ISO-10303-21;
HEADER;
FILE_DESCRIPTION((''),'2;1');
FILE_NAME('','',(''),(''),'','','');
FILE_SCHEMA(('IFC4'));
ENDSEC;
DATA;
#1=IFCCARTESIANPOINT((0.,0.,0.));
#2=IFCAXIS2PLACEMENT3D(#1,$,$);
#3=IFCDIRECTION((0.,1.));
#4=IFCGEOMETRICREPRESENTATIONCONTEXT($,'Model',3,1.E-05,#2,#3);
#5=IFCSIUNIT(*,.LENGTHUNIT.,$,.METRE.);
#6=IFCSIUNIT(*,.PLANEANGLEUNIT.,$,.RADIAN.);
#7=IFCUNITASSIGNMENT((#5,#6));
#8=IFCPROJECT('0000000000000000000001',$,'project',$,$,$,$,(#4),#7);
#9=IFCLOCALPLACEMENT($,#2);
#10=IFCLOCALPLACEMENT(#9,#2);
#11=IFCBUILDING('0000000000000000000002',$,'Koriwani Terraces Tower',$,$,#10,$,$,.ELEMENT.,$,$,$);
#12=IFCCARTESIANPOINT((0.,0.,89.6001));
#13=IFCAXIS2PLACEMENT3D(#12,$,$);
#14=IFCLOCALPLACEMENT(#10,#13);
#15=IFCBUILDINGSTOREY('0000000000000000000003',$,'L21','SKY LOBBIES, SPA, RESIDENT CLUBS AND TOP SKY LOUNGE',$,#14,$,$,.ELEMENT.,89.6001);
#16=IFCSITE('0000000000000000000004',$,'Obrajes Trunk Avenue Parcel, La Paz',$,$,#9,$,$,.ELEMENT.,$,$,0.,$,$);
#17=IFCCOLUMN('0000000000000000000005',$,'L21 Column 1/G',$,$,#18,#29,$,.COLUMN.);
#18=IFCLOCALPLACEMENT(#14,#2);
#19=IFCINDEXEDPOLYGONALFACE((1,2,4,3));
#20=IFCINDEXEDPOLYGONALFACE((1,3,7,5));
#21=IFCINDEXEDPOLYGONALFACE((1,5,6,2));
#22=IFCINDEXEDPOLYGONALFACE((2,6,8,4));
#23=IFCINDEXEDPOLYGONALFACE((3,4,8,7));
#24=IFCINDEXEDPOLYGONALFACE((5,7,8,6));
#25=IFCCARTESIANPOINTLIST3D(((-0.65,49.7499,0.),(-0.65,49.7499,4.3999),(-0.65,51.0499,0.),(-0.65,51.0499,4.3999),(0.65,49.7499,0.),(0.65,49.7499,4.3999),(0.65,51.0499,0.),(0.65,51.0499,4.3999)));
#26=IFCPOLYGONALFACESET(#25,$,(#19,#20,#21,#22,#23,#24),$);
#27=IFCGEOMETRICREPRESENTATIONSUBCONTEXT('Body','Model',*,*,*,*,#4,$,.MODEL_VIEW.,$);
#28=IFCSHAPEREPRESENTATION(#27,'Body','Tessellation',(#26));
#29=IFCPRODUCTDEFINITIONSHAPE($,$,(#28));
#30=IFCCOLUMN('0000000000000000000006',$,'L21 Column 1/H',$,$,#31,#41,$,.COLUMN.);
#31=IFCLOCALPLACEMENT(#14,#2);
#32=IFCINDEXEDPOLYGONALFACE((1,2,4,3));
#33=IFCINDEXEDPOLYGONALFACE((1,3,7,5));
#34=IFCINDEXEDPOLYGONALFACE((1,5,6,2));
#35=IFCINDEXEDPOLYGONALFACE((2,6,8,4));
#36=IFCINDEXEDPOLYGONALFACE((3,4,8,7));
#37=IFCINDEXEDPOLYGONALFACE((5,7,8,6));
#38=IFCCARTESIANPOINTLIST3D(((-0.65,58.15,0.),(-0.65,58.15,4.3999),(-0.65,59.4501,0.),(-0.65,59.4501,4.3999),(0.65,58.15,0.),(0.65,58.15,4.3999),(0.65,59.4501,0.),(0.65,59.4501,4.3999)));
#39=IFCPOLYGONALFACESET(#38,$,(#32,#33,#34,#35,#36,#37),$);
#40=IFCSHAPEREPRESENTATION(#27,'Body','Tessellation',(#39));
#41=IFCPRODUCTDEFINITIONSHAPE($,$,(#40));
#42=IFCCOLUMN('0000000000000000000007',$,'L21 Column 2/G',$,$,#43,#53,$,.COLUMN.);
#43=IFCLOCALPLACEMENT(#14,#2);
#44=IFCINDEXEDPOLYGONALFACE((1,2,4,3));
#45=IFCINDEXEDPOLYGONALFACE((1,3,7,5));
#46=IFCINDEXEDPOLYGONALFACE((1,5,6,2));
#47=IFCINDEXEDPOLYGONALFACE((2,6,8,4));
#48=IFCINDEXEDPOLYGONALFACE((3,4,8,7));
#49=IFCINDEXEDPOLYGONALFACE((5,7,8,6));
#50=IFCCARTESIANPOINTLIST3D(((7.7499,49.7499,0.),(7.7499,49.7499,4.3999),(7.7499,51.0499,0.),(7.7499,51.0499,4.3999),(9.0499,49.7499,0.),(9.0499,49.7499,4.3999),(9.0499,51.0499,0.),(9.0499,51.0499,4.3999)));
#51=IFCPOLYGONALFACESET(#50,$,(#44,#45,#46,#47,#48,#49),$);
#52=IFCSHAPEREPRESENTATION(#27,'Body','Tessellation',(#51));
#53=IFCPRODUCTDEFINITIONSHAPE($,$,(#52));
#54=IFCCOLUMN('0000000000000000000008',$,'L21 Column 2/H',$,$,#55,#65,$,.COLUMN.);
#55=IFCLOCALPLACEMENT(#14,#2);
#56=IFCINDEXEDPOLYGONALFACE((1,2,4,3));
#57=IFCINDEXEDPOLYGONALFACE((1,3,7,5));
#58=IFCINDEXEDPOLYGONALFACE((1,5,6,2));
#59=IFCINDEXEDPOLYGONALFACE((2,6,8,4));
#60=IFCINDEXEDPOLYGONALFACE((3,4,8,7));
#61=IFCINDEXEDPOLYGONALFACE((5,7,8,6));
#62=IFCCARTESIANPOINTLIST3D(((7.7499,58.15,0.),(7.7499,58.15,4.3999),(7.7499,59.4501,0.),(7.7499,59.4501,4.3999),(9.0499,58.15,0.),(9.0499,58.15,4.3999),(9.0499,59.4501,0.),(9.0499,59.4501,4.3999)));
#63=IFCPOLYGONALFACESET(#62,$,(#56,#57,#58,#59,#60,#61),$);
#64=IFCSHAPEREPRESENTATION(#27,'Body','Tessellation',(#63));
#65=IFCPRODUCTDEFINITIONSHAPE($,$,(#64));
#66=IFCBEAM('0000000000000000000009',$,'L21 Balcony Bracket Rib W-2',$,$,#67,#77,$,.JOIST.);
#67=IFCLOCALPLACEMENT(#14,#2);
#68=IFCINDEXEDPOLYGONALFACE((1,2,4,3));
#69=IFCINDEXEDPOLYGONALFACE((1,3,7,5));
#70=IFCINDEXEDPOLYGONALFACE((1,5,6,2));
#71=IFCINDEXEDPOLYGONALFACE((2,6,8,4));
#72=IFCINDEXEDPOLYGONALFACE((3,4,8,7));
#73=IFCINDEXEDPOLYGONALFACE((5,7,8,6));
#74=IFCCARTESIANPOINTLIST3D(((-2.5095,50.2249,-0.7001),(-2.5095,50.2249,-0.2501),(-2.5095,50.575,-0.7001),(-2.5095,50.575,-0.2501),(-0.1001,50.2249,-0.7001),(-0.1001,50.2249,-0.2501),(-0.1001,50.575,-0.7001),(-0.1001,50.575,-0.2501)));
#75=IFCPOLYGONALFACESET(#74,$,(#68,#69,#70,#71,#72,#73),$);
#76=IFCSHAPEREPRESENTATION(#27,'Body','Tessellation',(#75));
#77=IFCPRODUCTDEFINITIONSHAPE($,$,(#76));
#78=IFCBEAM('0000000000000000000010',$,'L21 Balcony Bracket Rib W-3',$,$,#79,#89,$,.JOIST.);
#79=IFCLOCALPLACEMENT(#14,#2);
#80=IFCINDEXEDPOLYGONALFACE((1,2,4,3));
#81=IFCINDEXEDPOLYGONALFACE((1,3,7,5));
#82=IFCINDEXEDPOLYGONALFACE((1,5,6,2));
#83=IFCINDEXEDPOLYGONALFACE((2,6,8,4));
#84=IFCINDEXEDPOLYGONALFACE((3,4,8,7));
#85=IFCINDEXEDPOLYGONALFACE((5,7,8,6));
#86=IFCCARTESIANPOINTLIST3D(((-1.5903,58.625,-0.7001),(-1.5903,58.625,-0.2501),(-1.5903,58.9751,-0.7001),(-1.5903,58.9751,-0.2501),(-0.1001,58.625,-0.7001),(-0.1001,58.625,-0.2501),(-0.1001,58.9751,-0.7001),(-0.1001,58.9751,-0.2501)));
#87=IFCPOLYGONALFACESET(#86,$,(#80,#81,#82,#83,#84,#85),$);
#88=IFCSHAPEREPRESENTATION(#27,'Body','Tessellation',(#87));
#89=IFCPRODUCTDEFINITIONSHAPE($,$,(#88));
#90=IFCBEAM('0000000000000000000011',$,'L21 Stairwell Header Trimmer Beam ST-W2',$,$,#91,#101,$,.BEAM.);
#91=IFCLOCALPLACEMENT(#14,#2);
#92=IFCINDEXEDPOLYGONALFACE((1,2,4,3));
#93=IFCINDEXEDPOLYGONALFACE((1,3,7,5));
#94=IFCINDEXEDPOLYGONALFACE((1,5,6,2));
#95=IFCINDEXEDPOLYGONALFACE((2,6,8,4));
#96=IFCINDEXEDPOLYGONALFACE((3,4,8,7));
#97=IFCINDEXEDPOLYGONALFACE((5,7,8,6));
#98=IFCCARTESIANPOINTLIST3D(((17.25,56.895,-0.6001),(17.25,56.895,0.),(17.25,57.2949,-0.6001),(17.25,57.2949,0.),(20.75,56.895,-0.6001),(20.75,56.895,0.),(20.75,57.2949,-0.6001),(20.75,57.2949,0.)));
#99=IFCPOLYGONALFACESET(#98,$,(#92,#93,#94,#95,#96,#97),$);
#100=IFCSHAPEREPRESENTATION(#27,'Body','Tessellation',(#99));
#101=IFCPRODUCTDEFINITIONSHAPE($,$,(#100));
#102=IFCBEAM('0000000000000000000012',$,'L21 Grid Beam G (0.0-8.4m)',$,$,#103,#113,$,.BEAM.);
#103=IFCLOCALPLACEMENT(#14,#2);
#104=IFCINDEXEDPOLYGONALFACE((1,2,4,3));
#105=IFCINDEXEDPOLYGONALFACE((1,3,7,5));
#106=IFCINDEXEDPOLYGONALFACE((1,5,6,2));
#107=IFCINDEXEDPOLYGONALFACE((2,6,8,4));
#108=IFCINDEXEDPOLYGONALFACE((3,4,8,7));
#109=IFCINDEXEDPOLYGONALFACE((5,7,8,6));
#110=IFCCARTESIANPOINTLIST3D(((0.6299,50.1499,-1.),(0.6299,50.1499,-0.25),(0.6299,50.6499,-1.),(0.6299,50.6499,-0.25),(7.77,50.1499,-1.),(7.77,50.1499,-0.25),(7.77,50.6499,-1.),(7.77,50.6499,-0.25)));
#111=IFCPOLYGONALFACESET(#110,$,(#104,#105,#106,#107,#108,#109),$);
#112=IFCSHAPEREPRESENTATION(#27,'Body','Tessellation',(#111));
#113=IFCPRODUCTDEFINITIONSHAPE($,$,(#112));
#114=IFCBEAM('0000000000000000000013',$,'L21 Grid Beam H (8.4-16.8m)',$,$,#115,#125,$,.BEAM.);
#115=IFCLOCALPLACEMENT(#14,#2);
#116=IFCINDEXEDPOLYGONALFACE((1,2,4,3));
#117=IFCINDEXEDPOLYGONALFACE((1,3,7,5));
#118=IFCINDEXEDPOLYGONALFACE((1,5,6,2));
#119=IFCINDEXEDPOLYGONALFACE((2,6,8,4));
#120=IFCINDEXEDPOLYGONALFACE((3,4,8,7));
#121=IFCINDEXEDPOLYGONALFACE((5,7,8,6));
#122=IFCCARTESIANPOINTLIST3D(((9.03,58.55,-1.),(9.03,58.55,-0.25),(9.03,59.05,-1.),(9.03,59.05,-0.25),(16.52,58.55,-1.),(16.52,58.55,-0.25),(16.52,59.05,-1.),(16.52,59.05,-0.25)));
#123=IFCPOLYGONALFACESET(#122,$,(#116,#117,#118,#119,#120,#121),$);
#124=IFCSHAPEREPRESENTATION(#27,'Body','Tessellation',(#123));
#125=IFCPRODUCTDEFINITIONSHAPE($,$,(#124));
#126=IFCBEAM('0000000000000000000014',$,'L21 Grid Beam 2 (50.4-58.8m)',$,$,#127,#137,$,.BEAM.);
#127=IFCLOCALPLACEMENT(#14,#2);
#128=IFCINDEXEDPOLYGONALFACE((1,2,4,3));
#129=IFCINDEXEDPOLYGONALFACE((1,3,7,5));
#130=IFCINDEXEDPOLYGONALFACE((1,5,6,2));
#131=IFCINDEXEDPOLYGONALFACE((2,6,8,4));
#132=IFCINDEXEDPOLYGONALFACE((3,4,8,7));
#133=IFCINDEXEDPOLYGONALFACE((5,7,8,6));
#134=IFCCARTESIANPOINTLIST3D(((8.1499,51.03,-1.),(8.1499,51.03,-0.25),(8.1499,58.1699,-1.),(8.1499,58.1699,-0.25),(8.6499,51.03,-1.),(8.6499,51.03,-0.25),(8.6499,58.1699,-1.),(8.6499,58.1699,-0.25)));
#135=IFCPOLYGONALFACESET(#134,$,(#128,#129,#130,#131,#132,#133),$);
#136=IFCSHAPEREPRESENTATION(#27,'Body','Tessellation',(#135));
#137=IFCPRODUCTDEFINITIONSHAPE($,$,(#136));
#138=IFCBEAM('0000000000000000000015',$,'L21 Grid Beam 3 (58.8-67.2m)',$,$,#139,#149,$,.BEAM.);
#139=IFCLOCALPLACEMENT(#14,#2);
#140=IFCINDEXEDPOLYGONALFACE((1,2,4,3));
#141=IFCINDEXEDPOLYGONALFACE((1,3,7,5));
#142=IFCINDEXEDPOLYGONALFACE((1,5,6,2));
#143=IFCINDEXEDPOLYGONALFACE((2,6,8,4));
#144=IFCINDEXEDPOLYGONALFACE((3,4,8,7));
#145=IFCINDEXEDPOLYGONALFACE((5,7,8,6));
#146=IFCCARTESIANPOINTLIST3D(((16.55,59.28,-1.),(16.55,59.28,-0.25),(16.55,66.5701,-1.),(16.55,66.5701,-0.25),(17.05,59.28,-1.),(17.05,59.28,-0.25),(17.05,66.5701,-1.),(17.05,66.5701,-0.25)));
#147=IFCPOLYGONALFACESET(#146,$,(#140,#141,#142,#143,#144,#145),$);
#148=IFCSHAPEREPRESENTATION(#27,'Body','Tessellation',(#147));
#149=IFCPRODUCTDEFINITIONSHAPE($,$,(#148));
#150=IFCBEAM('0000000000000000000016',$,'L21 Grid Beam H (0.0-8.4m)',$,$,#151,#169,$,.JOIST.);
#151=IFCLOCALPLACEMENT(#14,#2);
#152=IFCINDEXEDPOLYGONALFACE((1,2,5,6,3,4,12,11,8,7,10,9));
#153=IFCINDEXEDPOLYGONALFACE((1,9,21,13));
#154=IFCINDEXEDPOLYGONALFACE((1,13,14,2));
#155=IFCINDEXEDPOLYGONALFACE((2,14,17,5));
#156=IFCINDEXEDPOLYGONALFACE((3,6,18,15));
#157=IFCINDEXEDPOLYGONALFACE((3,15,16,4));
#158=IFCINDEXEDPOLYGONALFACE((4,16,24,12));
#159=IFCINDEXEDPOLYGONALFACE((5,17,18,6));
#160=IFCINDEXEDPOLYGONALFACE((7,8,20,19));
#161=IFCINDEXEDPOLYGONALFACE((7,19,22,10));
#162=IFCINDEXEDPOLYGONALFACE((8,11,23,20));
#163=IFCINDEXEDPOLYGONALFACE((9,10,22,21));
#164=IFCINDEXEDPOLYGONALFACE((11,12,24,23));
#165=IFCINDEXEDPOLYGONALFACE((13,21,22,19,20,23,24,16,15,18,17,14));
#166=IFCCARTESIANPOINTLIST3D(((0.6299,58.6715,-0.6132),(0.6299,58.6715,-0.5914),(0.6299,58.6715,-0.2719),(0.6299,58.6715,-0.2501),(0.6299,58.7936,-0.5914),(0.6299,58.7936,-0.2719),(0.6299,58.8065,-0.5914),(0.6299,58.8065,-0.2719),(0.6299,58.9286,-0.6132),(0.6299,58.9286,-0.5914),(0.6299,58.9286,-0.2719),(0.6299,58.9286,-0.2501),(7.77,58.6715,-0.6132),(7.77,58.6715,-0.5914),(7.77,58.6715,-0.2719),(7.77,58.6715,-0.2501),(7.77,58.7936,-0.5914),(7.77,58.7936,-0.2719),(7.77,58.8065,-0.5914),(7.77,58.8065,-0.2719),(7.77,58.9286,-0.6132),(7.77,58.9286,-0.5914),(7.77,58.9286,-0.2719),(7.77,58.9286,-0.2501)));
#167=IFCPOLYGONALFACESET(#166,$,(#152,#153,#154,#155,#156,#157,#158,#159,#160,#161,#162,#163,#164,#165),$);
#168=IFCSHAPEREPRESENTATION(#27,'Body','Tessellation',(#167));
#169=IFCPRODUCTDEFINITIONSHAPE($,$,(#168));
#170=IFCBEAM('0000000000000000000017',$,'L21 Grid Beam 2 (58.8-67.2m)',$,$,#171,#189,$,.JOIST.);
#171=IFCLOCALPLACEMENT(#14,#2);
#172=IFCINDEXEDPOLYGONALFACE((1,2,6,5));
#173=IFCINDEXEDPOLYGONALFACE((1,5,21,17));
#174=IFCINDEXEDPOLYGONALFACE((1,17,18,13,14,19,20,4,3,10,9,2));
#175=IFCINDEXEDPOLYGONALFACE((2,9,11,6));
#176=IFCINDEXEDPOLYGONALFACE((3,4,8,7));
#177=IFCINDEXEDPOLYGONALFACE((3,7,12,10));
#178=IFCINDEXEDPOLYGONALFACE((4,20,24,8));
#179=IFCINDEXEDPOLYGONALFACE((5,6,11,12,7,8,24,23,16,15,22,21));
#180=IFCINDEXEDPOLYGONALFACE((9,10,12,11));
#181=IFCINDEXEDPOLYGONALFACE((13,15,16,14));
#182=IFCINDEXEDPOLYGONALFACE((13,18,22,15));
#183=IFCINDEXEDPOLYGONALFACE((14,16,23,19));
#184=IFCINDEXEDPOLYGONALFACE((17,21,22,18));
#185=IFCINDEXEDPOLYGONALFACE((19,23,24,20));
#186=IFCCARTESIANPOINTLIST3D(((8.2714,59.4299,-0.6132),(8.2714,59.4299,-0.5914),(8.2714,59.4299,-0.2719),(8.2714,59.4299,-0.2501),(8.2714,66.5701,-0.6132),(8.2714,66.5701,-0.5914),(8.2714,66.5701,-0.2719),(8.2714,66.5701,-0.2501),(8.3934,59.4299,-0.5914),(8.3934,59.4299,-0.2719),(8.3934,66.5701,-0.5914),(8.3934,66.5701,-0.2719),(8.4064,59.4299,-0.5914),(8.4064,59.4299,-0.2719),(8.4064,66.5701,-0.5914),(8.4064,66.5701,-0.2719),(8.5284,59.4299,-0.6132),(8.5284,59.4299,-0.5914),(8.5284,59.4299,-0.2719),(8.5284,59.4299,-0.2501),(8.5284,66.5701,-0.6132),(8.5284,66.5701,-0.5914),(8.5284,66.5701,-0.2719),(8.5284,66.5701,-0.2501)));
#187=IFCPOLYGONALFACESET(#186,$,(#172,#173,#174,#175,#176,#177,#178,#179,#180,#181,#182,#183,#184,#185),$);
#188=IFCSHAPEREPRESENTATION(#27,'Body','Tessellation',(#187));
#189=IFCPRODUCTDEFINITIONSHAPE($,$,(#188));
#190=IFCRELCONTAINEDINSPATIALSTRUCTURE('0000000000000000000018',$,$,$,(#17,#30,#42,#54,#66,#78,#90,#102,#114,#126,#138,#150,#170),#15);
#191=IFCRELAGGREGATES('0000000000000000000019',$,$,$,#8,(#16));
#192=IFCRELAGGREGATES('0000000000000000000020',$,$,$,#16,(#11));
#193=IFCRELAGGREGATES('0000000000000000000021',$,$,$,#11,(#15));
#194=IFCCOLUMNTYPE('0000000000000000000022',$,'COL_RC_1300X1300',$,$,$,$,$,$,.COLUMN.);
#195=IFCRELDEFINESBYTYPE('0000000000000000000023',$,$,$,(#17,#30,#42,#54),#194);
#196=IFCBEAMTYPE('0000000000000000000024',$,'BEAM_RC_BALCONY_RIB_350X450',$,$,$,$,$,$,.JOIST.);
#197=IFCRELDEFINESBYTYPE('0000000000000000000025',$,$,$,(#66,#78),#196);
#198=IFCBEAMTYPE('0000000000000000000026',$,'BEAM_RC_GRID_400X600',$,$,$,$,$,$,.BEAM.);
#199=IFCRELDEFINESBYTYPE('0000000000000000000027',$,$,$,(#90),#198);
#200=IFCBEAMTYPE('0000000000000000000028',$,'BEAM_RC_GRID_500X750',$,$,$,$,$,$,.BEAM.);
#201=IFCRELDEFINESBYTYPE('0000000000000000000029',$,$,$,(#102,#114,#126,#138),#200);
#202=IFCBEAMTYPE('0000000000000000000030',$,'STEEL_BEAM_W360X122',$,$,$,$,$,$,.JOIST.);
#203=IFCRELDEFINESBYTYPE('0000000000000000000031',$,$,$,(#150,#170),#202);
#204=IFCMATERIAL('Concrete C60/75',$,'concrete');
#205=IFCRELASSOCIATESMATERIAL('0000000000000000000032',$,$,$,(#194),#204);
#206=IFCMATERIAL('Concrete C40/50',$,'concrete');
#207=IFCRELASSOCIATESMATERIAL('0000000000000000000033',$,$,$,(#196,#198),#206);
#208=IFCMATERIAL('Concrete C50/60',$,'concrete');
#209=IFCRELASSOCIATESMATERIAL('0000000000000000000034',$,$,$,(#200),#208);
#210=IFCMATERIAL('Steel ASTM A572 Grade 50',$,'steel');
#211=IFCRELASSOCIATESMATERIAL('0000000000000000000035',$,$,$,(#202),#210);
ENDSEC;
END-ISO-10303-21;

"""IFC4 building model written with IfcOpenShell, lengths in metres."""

from ifc_helpers import new_model, si_unit, direction, frame, origin, origin_2d, place, context, subcontext, project, spatial, rectangle, i_section, extrude, material, material_profile, profile_set, type_object, element, save


model = new_model("IFC4")

# Units and contexts
model_context = context("Model", 3, precision=1e-05, world=origin(), true_north=direction((0.0, 1.0)))
body_context = subcontext(model_context, "Body", "Model", "MODEL_VIEW")
ifc_project = project(units=[si_unit("LENGTHUNIT", "METRE"), si_unit("PLANEANGLEUNIT", "RADIAN")], contexts=[model_context])

# Site, building, storey
site_placement = place(None, origin())
site = spatial("IfcSite", under=ifc_project, at=site_placement, Name="Obrajes Trunk Avenue Parcel, La Paz", CompositionType="ELEMENT", RefElevation=0.0)
building_placement = place(site_placement, origin())
building = spatial("IfcBuilding", under=site, at=building_placement, Name="Koriwani Terraces Tower", CompositionType="ELEMENT")
storey_placement = place(building_placement, frame((0.0, 0.0, 89.6001)))
storey = spatial("IfcBuildingStorey", under=building, at=storey_placement, Name="L21", Description="SKY LOBBIES, SPA, RESIDENT CLUBS AND TOP SKY LOUNGE", CompositionType="ELEMENT", Elevation=89.6001)

# Columns
ifc_material_1 = material(Name="Concrete C60/75", Category="concrete")
ifc_material_profile_1 = material_profile(ifc_material_1, rectangle(XDim=1.3, YDim=1.3, at=origin_2d()), Name="Concrete C60/75", Category="LoadBearing")
ifc_profile_set_1 = profile_set([ifc_material_profile_1], Name="Concrete C60/75")
column_type = type_object("IfcColumnType", Name="COL_RC_1300X1300", PredefinedType="COLUMN", material=ifc_profile_set_1)
for number, where, z_axis, x_axis, name in (
    (1, (0.0, 50.3999, 0.0), (0.0, 0.0, 1.0), (1.0, 0.0, 0.0), "L21 Column 1/G"),
    (2, (0.0, 58.8, 0.0), (0.0, 0.0, 1.0), (1.0, 0.0, 0.0), "L21 Column 1/H"),
    (3, (8.3999, 50.3999, 0.0), (0.0, 0.0, 1.0), (1.0, 0.0, 0.0), "L21 Column 2/G"),
    (4, (8.3999, 58.8, 0.0), (0.0, 0.0, 1.0), (1.0, 0.0, 0.0), "L21 Column 2/H"),
):
    element("IfcColumn", number, at=place(storey_placement, frame(where, z_axis=z_axis, x_axis=x_axis)), inside=storey, type_object=column_type, Name=name, PredefinedType="COLUMN", context=body_context, shape_type="SweptSolid", body=[
        extrude(rectangle(XDim=1.3, YDim=1.3, at=origin_2d()), origin(), (0.0, 0.0, 1.0), 4.3999),
    ])

# Beams
ifc_material_2 = material(Name="Concrete C40/50", Category="concrete")
ifc_material_profile_2 = material_profile(ifc_material_2, rectangle(XDim=0.3501, YDim=0.45, at=origin_2d()), Name="Concrete C40/50", Category="LoadBearing")
ifc_profile_set_2 = profile_set([ifc_material_profile_2], Name="Concrete C40/50")
beam_type_1 = type_object("IfcBeamType", Name="BEAM_RC_BALCONY_RIB_350X450", PredefinedType="JOIST", material=ifc_profile_set_2)
beam_1_placement = place(storey_placement, frame((-2.5095, 50.3999, -0.4751), z_axis=(1.0, 0.0, 0.0), x_axis=(0.0, 1.0, 0.0)))
element("IfcBeam", 5, at=beam_1_placement, inside=storey, type_object=beam_type_1, Name="L21 Balcony Bracket Rib W-2", PredefinedType="JOIST", context=body_context, shape_type="SweptSolid", body=[
    extrude(rectangle(XDim=0.3501, YDim=0.45, at=origin_2d()), origin(), (0.0, 0.0, 1.0), 2.4094),
])
beam_2_placement = place(storey_placement, frame((-1.5903, 58.8, -0.4751), z_axis=(1.0, 0.0, 0.0), x_axis=(0.0, 1.0, 0.0)))
element("IfcBeam", 6, at=beam_2_placement, inside=storey, type_object=beam_type_1, Name="L21 Balcony Bracket Rib W-3", PredefinedType="JOIST", context=body_context, shape_type="SweptSolid", body=[
    extrude(rectangle(XDim=0.3501, YDim=0.45, at=origin_2d()), origin(), (0.0, 0.0, 1.0), 1.4902),
])
ifc_material_profile_3 = material_profile(ifc_material_2, rectangle(XDim=0.3999, YDim=0.6001, at=origin_2d()), Name="Concrete C40/50", Category="LoadBearing")
ifc_profile_set_3 = profile_set([ifc_material_profile_3], Name="Concrete C40/50")
beam_type_2 = type_object("IfcBeamType", Name="BEAM_RC_GRID_400X600", PredefinedType="BEAM", material=ifc_profile_set_3)
beam_3_placement = place(storey_placement, frame((17.25, 57.095, -0.3), z_axis=(1.0, 0.0, 0.0), x_axis=(0.0, 1.0, 0.0)))
element("IfcBeam", 7, at=beam_3_placement, inside=storey, type_object=beam_type_2, Name="L21 Stairwell Header Trimmer Beam ST-W2", PredefinedType="BEAM", context=body_context, shape_type="SweptSolid", body=[
    extrude(rectangle(XDim=0.3999, YDim=0.6001, at=origin_2d()), origin(), (0.0, 0.0, 1.0), 3.5),
])
ifc_material_3 = material(Name="Concrete C50/60", Category="concrete")
ifc_material_profile_4 = material_profile(ifc_material_3, rectangle(XDim=0.5, YDim=0.75, at=origin_2d()), Name="Concrete C50/60", Category="LoadBearing")
ifc_profile_set_4 = profile_set([ifc_material_profile_4], Name="Concrete C50/60")
beam_type_3 = type_object("IfcBeamType", Name="BEAM_RC_GRID_500X750", PredefinedType="BEAM", material=ifc_profile_set_4)
beam_4_placement = place(storey_placement, frame((0.6299, 50.3999, -0.625), z_axis=(1.0, 0.0, 0.0), x_axis=(0.0, 1.0, 0.0)))
element("IfcBeam", 8, at=beam_4_placement, inside=storey, type_object=beam_type_3, Name="L21 Grid Beam G (0.0-8.4m)", PredefinedType="BEAM", context=body_context, shape_type="SweptSolid", body=[
    extrude(rectangle(XDim=0.5, YDim=0.75, at=origin_2d()), origin(), (0.0, 0.0, 1.0), 7.1401),
])
beam_5_placement = place(storey_placement, frame((9.03, 58.8, -0.625), z_axis=(1.0, 0.0, 0.0), x_axis=(0.0, 1.0, 0.0)))
element("IfcBeam", 9, at=beam_5_placement, inside=storey, type_object=beam_type_3, Name="L21 Grid Beam H (8.4-16.8m)", PredefinedType="BEAM", context=body_context, shape_type="SweptSolid", body=[
    extrude(rectangle(XDim=0.5, YDim=0.75, at=origin_2d()), origin(), (0.0, 0.0, 1.0), 7.49),
])
beam_6_placement = place(storey_placement, frame((8.3999, 51.03, -0.625), z_axis=(0.0, 1.0, 0.0), x_axis=(-1.0, 0.0, 0.0)))
element("IfcBeam", 10, at=beam_6_placement, inside=storey, type_object=beam_type_3, Name="L21 Grid Beam 2 (50.4-58.8m)", PredefinedType="BEAM", context=body_context, shape_type="SweptSolid", body=[
    extrude(rectangle(XDim=0.5, YDim=0.75, at=origin_2d()), origin(), (0.0, 0.0, 1.0), 7.1399),
])
beam_7_placement = place(storey_placement, frame((16.8, 59.28, -0.625), z_axis=(0.0, 1.0, 0.0), x_axis=(-1.0, 0.0, 0.0)))
element("IfcBeam", 11, at=beam_7_placement, inside=storey, type_object=beam_type_3, Name="L21 Grid Beam 3 (58.8-67.2m)", PredefinedType="BEAM", context=body_context, shape_type="SweptSolid", body=[
    extrude(rectangle(XDim=0.5, YDim=0.75, at=origin_2d()), origin(), (0.0, 0.0, 1.0), 7.29),
])
ifc_material_4 = material(Name="Steel ASTM A572 Grade 50", Category="steel")
ifc_material_profile_5 = material_profile(ifc_material_4, i_section(OverallWidth=0.2571, OverallDepth=0.363, WebThickness=0.0129, FlangeThickness=0.0217, at=origin_2d()), Name="Steel ASTM A572 Grade 50", Category="LoadBearing")
ifc_profile_set_5 = profile_set([ifc_material_profile_5], Name="Steel ASTM A572 Grade 50")
beam_type_4 = type_object("IfcBeamType", Name="STEEL_BEAM_W360X122", PredefinedType="JOIST", material=ifc_profile_set_5)
for number, where, z_axis, x_axis, name in (
    (12, (0.6299, 58.8, -0.4316), (1.0, 0.0, 0.0), (0.0, 1.0, 0.0), "L21 Grid Beam H (0.0-8.4m)"),
    (13, (8.3999, 59.4299, -0.4316), (0.0, 1.0, 0.0), (-1.0, 0.0, 0.0), "L21 Grid Beam 2 (58.8-67.2m)"),
):
    element("IfcBeam", number, at=place(storey_placement, frame(where, z_axis=z_axis, x_axis=x_axis)), inside=storey, type_object=beam_type_4, Name=name, PredefinedType="JOIST", context=body_context, shape_type="SweptSolid", body=[
        extrude(i_section(OverallWidth=0.2571, OverallDepth=0.363, WebThickness=0.0129, FlangeThickness=0.0217, at=origin_2d()), origin(), (0.0, 0.0, 1.0), 7.1401),
    ])

save(model, "model.ifc")
